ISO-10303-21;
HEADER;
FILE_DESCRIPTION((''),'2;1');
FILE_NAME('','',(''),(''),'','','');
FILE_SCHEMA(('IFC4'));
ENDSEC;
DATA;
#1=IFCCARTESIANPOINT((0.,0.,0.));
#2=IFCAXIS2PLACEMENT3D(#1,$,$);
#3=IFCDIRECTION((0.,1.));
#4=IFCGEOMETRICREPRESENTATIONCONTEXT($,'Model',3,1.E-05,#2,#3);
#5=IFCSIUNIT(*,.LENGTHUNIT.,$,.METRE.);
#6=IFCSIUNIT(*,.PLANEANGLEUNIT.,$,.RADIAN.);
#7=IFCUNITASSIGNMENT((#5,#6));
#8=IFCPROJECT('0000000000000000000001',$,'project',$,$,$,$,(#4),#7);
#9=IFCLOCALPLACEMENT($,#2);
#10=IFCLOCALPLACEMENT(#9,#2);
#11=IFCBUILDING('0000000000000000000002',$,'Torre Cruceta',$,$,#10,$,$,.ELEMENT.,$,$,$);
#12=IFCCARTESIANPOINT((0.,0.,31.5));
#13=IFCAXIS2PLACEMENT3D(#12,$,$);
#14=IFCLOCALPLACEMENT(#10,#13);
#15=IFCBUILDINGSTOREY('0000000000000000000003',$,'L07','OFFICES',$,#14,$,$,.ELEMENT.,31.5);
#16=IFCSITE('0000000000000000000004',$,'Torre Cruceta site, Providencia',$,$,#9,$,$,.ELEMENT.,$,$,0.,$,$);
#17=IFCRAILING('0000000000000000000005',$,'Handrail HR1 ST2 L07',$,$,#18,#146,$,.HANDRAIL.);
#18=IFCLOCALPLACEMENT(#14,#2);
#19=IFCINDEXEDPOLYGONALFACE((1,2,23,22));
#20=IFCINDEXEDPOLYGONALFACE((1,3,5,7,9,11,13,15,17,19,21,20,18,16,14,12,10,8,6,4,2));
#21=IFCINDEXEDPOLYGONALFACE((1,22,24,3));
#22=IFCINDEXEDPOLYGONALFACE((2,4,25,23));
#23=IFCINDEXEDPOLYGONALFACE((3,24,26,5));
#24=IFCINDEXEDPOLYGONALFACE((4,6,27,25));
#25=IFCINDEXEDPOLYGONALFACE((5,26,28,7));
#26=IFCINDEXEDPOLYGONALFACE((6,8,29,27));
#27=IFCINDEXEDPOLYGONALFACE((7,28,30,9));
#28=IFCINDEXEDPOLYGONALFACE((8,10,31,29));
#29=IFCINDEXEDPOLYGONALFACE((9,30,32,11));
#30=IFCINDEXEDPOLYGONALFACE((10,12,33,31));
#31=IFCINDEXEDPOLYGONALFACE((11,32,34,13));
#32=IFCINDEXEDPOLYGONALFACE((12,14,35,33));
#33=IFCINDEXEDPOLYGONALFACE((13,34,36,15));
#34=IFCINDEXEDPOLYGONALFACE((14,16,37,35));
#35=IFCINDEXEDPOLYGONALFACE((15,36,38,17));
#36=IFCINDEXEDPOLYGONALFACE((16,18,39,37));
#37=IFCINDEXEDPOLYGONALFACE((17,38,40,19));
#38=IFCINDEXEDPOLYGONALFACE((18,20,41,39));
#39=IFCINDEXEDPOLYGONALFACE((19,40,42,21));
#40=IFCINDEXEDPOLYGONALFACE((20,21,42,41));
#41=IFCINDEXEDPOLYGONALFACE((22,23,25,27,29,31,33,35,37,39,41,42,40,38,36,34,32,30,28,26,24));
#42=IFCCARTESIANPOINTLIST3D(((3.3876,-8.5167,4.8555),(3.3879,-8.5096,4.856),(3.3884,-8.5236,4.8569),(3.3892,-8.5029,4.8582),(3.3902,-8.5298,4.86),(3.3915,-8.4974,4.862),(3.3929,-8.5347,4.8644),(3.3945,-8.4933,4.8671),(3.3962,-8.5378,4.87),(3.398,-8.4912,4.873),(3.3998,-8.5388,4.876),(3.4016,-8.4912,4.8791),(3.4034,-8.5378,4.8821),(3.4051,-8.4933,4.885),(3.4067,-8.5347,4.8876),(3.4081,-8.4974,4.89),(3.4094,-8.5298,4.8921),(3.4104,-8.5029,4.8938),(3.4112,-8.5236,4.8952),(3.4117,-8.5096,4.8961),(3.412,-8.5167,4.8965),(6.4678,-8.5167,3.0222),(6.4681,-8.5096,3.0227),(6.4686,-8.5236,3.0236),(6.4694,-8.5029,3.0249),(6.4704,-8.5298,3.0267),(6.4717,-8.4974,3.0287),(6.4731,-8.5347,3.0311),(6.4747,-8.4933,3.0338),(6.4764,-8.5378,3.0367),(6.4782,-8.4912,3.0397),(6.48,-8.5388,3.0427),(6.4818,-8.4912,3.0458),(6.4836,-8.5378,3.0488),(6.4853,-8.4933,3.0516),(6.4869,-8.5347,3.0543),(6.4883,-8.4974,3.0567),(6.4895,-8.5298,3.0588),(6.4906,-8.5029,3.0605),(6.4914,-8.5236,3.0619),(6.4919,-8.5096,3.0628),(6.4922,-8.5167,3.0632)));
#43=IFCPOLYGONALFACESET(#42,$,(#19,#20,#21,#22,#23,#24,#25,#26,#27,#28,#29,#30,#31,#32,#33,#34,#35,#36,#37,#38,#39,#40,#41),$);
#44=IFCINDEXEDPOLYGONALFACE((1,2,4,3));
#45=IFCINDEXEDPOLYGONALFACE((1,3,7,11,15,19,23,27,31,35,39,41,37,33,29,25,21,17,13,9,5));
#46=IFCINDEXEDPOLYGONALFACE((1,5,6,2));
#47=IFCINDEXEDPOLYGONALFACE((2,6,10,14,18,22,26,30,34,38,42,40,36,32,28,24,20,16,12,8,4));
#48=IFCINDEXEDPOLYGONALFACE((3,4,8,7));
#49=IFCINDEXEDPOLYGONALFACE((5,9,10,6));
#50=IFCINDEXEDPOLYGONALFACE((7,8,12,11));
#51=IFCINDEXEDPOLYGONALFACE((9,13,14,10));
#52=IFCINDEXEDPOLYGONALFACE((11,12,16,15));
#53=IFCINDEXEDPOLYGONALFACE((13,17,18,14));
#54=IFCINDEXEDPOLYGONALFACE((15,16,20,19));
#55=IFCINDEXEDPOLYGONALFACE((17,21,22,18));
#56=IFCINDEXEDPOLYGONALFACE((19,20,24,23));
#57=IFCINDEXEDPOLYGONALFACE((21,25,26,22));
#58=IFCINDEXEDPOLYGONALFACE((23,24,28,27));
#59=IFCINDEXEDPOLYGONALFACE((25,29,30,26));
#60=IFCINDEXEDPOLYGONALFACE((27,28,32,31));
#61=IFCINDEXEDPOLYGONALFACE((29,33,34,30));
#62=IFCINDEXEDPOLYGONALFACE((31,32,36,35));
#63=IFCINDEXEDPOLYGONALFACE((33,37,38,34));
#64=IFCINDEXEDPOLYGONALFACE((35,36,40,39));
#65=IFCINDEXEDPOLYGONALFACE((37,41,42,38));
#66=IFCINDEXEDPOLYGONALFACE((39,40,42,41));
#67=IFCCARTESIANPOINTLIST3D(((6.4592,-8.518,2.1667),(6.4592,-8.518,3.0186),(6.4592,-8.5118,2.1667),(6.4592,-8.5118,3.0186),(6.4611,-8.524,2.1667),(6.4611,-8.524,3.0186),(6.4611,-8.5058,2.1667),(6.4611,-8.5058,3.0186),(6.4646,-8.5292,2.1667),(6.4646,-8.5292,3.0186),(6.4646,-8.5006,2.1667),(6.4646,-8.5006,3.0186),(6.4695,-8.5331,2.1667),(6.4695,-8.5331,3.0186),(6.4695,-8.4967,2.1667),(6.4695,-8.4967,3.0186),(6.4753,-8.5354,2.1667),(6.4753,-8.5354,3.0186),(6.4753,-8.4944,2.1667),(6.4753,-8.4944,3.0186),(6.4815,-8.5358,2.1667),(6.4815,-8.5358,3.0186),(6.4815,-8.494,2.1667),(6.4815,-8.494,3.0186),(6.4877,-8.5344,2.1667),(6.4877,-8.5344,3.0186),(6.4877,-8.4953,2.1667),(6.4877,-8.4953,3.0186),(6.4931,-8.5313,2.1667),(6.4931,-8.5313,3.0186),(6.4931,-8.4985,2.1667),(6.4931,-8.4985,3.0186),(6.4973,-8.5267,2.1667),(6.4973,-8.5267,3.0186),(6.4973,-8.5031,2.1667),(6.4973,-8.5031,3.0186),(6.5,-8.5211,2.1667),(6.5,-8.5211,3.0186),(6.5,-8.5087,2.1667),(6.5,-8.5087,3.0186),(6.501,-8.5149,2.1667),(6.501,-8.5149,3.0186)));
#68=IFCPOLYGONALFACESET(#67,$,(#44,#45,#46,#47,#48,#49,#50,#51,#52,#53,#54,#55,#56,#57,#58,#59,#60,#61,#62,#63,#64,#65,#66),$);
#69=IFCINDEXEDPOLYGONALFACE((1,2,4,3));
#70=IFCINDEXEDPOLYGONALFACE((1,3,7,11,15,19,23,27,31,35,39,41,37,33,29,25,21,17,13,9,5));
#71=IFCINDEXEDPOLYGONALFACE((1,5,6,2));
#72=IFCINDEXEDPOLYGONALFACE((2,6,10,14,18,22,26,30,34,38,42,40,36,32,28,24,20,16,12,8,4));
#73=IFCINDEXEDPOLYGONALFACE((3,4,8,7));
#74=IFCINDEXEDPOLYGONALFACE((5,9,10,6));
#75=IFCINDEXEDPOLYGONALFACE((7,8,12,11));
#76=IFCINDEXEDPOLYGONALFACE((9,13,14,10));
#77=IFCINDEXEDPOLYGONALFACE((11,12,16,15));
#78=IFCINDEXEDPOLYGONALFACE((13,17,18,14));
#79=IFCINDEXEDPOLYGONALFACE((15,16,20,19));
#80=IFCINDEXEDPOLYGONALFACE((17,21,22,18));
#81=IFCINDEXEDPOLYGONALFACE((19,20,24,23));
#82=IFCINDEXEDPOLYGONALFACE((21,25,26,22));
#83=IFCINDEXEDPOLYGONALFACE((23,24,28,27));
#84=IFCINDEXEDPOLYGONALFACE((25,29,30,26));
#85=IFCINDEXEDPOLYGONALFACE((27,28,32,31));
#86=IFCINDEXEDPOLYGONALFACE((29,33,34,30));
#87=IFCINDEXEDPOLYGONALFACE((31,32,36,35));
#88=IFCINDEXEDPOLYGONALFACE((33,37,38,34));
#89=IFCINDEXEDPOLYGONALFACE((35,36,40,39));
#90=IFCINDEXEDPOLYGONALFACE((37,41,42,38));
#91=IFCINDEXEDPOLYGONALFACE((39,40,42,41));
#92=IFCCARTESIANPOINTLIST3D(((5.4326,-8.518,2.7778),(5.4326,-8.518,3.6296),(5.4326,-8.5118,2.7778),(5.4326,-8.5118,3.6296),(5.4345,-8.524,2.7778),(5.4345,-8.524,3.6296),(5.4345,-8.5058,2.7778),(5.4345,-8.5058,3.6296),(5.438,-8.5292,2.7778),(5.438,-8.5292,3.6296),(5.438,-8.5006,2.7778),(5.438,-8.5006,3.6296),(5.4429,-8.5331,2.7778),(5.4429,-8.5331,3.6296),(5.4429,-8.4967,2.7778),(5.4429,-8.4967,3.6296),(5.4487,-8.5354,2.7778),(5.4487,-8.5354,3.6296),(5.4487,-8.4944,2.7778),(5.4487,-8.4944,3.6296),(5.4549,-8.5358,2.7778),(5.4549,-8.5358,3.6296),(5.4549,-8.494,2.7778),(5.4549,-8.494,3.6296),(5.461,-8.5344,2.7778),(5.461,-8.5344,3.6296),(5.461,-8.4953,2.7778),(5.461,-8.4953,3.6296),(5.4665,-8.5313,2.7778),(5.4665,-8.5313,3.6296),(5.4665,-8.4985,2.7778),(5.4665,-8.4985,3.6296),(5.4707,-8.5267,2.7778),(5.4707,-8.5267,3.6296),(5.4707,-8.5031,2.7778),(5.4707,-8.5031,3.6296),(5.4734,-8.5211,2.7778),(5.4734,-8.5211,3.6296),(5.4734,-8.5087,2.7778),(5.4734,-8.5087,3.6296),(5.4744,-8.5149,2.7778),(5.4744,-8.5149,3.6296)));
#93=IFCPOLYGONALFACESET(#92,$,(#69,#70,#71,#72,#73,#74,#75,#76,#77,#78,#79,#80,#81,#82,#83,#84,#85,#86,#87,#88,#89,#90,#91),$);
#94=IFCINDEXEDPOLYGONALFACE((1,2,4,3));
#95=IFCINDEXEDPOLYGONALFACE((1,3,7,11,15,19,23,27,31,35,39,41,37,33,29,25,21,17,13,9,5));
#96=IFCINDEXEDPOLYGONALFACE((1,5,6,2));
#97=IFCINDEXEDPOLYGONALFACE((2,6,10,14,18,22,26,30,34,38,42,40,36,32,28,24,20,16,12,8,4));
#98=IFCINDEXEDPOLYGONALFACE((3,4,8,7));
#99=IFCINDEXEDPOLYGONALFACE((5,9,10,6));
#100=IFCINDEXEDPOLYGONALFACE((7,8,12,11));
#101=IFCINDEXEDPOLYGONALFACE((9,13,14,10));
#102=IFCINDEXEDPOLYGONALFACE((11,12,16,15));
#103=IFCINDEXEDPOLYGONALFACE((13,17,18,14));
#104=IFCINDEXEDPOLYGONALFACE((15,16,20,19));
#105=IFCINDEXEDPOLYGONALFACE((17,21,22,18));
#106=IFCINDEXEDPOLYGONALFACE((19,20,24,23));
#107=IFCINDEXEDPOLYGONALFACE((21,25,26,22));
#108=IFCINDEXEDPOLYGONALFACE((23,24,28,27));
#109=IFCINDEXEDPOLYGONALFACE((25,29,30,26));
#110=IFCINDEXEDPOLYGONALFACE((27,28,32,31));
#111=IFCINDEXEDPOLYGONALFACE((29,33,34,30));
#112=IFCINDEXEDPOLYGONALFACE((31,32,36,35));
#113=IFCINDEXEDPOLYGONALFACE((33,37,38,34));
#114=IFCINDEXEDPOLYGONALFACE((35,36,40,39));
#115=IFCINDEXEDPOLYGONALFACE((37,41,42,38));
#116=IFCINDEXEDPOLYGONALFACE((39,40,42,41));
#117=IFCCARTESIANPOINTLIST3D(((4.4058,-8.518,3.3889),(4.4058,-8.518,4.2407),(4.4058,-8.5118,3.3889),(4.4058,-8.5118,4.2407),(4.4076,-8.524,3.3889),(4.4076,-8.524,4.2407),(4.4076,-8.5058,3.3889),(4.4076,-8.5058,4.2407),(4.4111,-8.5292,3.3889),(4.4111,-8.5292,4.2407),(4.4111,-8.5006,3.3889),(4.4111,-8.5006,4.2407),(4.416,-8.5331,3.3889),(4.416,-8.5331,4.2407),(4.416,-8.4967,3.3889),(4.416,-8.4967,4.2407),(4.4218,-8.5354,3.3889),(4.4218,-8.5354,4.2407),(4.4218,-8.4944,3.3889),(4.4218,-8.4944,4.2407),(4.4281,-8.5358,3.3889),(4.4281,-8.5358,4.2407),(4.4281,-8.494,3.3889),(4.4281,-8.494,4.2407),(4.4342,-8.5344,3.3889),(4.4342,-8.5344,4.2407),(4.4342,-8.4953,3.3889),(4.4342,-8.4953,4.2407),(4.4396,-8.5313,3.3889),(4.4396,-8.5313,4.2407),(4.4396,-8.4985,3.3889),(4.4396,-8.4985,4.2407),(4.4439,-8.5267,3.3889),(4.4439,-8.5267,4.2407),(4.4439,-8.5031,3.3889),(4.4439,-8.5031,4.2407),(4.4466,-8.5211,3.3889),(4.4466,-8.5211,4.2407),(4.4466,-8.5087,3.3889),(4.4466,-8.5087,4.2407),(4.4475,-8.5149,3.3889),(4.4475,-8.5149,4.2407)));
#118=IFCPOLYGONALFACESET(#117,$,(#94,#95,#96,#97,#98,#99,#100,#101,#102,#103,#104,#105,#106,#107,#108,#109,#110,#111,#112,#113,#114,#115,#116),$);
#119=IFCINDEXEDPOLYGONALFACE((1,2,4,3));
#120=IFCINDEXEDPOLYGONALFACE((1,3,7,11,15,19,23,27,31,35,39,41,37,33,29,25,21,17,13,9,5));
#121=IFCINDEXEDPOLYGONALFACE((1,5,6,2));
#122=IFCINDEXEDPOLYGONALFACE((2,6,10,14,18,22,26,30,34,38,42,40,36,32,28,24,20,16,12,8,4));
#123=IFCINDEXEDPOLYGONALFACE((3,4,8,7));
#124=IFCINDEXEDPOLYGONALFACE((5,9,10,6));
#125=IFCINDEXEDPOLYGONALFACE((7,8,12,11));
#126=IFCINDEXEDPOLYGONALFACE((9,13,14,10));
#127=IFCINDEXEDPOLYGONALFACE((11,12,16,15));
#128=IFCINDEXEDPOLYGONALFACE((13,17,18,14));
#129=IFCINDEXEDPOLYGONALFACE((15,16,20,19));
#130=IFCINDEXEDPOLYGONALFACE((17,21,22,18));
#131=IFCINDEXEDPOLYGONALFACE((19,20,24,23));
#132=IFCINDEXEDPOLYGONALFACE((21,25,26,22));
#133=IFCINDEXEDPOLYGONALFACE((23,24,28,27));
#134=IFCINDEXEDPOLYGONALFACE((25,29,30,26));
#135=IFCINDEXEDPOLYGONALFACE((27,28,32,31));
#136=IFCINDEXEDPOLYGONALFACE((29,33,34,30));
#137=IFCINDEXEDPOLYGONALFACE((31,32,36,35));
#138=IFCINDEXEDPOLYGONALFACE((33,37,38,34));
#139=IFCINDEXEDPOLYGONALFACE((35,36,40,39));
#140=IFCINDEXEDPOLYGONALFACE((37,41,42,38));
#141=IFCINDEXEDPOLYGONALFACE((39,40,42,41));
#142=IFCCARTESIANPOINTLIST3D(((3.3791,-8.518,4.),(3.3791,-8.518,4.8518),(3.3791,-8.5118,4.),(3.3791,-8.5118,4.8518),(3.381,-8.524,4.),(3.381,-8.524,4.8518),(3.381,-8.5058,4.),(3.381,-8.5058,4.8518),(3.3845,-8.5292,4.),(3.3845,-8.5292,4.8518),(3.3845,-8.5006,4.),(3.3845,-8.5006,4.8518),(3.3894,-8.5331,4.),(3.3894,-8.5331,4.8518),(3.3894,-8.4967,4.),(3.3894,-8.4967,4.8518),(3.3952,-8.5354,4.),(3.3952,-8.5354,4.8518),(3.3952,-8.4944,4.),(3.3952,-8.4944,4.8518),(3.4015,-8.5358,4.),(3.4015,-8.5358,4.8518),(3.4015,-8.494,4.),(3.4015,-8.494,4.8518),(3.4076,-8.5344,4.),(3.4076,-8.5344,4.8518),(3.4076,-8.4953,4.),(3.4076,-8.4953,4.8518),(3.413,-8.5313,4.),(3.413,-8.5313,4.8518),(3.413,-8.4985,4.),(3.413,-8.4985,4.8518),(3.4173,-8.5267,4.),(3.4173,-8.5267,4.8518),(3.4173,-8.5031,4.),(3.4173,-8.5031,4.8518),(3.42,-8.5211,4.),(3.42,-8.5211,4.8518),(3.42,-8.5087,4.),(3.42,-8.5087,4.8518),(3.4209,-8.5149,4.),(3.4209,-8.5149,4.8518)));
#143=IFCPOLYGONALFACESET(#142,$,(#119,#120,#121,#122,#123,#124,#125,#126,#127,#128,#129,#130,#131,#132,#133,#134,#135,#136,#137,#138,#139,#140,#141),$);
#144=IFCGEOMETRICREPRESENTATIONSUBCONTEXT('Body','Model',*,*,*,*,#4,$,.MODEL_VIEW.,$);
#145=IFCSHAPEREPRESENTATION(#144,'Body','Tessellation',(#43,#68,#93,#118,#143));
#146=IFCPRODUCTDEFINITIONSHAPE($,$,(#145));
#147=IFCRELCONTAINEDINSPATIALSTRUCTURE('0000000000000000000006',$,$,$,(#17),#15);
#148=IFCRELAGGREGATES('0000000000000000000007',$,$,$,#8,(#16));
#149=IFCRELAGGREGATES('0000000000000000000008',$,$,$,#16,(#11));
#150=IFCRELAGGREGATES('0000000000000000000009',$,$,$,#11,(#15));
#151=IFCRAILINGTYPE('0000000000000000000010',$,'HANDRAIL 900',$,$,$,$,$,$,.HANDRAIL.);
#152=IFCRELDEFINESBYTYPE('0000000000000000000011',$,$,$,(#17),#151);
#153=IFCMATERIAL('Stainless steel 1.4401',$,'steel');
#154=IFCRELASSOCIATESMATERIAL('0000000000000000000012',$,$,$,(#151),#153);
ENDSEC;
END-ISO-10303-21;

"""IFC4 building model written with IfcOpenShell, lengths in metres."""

from ifc_helpers import new_model, si_unit, direction, frame, origin, origin_2d, place, context, subcontext, project, spatial, circle, extrude, material, type_object, element, save


model = new_model("IFC4")

# Units and contexts
model_context = context("Model", 3, precision=1e-05, world=origin(), true_north=direction((0.0, 1.0)))
body_context = subcontext(model_context, "Body", "Model", "MODEL_VIEW")
ifc_project = project(units=[si_unit("LENGTHUNIT", "METRE"), si_unit("PLANEANGLEUNIT", "RADIAN")], contexts=[model_context])

# Site, building, storey
site_placement = place(None, origin())
site = spatial("IfcSite", under=ifc_project, at=site_placement, Name="Torre Cruceta site, Providencia", CompositionType="ELEMENT", RefElevation=0.0)
building_placement = place(site_placement, origin())
building = spatial("IfcBuilding", under=site, at=building_placement, Name="Torre Cruceta", CompositionType="ELEMENT")
storey_placement = place(building_placement, frame((0.0, 0.0, 31.5)))
storey = spatial("IfcBuildingStorey", under=building, at=storey_placement, Name="L07", Description="OFFICES", CompositionType="ELEMENT", Elevation=31.5)

# Railing
ifc_material_1 = material(Name="Stainless steel 1.4401", Category="steel")
railing_type = type_object("IfcRailingType", Name="HANDRAIL 900", PredefinedType="HANDRAIL", material=ifc_material_1)
railing_placement = place(storey_placement, frame((6.48, -8.5149, 2.1667)))
element("IfcRailing", 1, at=railing_placement, inside=storey, type_object=railing_type, Name="Handrail HR1 ST2 L07", PredefinedType="HANDRAIL", context=body_context, shape_type="SweptSolid", body=[
    extrude(circle(Radius=0.0239, at=origin_2d()), frame((0.0, 0.0, 0.876), z_axis=(-0.859309, 0.0, 0.511458), x_axis=(0.0, -1.0, 0.0)), (0.0, 0.0, 1.0), 3.5845),
    extrude(circle(Radius=0.021, at=origin_2d()), origin(), (0.0, 0.0, 1.0), 0.8518),
    extrude(circle(Radius=0.021, at=origin_2d()), frame((-1.0266, 0.0, 0.6111)), (0.0, 0.0, 1.0), 0.8518),
    extrude(circle(Radius=0.021, at=origin_2d()), frame((-2.0535, 0.0, 1.2222)), (0.0, 0.0, 1.0), 0.8518),
    extrude(circle(Radius=0.021, at=origin_2d()), frame((-3.0801, 0.0, 1.8333)), (0.0, 0.0, 1.0), 0.8518),
])

save(model, "model.ifc")
